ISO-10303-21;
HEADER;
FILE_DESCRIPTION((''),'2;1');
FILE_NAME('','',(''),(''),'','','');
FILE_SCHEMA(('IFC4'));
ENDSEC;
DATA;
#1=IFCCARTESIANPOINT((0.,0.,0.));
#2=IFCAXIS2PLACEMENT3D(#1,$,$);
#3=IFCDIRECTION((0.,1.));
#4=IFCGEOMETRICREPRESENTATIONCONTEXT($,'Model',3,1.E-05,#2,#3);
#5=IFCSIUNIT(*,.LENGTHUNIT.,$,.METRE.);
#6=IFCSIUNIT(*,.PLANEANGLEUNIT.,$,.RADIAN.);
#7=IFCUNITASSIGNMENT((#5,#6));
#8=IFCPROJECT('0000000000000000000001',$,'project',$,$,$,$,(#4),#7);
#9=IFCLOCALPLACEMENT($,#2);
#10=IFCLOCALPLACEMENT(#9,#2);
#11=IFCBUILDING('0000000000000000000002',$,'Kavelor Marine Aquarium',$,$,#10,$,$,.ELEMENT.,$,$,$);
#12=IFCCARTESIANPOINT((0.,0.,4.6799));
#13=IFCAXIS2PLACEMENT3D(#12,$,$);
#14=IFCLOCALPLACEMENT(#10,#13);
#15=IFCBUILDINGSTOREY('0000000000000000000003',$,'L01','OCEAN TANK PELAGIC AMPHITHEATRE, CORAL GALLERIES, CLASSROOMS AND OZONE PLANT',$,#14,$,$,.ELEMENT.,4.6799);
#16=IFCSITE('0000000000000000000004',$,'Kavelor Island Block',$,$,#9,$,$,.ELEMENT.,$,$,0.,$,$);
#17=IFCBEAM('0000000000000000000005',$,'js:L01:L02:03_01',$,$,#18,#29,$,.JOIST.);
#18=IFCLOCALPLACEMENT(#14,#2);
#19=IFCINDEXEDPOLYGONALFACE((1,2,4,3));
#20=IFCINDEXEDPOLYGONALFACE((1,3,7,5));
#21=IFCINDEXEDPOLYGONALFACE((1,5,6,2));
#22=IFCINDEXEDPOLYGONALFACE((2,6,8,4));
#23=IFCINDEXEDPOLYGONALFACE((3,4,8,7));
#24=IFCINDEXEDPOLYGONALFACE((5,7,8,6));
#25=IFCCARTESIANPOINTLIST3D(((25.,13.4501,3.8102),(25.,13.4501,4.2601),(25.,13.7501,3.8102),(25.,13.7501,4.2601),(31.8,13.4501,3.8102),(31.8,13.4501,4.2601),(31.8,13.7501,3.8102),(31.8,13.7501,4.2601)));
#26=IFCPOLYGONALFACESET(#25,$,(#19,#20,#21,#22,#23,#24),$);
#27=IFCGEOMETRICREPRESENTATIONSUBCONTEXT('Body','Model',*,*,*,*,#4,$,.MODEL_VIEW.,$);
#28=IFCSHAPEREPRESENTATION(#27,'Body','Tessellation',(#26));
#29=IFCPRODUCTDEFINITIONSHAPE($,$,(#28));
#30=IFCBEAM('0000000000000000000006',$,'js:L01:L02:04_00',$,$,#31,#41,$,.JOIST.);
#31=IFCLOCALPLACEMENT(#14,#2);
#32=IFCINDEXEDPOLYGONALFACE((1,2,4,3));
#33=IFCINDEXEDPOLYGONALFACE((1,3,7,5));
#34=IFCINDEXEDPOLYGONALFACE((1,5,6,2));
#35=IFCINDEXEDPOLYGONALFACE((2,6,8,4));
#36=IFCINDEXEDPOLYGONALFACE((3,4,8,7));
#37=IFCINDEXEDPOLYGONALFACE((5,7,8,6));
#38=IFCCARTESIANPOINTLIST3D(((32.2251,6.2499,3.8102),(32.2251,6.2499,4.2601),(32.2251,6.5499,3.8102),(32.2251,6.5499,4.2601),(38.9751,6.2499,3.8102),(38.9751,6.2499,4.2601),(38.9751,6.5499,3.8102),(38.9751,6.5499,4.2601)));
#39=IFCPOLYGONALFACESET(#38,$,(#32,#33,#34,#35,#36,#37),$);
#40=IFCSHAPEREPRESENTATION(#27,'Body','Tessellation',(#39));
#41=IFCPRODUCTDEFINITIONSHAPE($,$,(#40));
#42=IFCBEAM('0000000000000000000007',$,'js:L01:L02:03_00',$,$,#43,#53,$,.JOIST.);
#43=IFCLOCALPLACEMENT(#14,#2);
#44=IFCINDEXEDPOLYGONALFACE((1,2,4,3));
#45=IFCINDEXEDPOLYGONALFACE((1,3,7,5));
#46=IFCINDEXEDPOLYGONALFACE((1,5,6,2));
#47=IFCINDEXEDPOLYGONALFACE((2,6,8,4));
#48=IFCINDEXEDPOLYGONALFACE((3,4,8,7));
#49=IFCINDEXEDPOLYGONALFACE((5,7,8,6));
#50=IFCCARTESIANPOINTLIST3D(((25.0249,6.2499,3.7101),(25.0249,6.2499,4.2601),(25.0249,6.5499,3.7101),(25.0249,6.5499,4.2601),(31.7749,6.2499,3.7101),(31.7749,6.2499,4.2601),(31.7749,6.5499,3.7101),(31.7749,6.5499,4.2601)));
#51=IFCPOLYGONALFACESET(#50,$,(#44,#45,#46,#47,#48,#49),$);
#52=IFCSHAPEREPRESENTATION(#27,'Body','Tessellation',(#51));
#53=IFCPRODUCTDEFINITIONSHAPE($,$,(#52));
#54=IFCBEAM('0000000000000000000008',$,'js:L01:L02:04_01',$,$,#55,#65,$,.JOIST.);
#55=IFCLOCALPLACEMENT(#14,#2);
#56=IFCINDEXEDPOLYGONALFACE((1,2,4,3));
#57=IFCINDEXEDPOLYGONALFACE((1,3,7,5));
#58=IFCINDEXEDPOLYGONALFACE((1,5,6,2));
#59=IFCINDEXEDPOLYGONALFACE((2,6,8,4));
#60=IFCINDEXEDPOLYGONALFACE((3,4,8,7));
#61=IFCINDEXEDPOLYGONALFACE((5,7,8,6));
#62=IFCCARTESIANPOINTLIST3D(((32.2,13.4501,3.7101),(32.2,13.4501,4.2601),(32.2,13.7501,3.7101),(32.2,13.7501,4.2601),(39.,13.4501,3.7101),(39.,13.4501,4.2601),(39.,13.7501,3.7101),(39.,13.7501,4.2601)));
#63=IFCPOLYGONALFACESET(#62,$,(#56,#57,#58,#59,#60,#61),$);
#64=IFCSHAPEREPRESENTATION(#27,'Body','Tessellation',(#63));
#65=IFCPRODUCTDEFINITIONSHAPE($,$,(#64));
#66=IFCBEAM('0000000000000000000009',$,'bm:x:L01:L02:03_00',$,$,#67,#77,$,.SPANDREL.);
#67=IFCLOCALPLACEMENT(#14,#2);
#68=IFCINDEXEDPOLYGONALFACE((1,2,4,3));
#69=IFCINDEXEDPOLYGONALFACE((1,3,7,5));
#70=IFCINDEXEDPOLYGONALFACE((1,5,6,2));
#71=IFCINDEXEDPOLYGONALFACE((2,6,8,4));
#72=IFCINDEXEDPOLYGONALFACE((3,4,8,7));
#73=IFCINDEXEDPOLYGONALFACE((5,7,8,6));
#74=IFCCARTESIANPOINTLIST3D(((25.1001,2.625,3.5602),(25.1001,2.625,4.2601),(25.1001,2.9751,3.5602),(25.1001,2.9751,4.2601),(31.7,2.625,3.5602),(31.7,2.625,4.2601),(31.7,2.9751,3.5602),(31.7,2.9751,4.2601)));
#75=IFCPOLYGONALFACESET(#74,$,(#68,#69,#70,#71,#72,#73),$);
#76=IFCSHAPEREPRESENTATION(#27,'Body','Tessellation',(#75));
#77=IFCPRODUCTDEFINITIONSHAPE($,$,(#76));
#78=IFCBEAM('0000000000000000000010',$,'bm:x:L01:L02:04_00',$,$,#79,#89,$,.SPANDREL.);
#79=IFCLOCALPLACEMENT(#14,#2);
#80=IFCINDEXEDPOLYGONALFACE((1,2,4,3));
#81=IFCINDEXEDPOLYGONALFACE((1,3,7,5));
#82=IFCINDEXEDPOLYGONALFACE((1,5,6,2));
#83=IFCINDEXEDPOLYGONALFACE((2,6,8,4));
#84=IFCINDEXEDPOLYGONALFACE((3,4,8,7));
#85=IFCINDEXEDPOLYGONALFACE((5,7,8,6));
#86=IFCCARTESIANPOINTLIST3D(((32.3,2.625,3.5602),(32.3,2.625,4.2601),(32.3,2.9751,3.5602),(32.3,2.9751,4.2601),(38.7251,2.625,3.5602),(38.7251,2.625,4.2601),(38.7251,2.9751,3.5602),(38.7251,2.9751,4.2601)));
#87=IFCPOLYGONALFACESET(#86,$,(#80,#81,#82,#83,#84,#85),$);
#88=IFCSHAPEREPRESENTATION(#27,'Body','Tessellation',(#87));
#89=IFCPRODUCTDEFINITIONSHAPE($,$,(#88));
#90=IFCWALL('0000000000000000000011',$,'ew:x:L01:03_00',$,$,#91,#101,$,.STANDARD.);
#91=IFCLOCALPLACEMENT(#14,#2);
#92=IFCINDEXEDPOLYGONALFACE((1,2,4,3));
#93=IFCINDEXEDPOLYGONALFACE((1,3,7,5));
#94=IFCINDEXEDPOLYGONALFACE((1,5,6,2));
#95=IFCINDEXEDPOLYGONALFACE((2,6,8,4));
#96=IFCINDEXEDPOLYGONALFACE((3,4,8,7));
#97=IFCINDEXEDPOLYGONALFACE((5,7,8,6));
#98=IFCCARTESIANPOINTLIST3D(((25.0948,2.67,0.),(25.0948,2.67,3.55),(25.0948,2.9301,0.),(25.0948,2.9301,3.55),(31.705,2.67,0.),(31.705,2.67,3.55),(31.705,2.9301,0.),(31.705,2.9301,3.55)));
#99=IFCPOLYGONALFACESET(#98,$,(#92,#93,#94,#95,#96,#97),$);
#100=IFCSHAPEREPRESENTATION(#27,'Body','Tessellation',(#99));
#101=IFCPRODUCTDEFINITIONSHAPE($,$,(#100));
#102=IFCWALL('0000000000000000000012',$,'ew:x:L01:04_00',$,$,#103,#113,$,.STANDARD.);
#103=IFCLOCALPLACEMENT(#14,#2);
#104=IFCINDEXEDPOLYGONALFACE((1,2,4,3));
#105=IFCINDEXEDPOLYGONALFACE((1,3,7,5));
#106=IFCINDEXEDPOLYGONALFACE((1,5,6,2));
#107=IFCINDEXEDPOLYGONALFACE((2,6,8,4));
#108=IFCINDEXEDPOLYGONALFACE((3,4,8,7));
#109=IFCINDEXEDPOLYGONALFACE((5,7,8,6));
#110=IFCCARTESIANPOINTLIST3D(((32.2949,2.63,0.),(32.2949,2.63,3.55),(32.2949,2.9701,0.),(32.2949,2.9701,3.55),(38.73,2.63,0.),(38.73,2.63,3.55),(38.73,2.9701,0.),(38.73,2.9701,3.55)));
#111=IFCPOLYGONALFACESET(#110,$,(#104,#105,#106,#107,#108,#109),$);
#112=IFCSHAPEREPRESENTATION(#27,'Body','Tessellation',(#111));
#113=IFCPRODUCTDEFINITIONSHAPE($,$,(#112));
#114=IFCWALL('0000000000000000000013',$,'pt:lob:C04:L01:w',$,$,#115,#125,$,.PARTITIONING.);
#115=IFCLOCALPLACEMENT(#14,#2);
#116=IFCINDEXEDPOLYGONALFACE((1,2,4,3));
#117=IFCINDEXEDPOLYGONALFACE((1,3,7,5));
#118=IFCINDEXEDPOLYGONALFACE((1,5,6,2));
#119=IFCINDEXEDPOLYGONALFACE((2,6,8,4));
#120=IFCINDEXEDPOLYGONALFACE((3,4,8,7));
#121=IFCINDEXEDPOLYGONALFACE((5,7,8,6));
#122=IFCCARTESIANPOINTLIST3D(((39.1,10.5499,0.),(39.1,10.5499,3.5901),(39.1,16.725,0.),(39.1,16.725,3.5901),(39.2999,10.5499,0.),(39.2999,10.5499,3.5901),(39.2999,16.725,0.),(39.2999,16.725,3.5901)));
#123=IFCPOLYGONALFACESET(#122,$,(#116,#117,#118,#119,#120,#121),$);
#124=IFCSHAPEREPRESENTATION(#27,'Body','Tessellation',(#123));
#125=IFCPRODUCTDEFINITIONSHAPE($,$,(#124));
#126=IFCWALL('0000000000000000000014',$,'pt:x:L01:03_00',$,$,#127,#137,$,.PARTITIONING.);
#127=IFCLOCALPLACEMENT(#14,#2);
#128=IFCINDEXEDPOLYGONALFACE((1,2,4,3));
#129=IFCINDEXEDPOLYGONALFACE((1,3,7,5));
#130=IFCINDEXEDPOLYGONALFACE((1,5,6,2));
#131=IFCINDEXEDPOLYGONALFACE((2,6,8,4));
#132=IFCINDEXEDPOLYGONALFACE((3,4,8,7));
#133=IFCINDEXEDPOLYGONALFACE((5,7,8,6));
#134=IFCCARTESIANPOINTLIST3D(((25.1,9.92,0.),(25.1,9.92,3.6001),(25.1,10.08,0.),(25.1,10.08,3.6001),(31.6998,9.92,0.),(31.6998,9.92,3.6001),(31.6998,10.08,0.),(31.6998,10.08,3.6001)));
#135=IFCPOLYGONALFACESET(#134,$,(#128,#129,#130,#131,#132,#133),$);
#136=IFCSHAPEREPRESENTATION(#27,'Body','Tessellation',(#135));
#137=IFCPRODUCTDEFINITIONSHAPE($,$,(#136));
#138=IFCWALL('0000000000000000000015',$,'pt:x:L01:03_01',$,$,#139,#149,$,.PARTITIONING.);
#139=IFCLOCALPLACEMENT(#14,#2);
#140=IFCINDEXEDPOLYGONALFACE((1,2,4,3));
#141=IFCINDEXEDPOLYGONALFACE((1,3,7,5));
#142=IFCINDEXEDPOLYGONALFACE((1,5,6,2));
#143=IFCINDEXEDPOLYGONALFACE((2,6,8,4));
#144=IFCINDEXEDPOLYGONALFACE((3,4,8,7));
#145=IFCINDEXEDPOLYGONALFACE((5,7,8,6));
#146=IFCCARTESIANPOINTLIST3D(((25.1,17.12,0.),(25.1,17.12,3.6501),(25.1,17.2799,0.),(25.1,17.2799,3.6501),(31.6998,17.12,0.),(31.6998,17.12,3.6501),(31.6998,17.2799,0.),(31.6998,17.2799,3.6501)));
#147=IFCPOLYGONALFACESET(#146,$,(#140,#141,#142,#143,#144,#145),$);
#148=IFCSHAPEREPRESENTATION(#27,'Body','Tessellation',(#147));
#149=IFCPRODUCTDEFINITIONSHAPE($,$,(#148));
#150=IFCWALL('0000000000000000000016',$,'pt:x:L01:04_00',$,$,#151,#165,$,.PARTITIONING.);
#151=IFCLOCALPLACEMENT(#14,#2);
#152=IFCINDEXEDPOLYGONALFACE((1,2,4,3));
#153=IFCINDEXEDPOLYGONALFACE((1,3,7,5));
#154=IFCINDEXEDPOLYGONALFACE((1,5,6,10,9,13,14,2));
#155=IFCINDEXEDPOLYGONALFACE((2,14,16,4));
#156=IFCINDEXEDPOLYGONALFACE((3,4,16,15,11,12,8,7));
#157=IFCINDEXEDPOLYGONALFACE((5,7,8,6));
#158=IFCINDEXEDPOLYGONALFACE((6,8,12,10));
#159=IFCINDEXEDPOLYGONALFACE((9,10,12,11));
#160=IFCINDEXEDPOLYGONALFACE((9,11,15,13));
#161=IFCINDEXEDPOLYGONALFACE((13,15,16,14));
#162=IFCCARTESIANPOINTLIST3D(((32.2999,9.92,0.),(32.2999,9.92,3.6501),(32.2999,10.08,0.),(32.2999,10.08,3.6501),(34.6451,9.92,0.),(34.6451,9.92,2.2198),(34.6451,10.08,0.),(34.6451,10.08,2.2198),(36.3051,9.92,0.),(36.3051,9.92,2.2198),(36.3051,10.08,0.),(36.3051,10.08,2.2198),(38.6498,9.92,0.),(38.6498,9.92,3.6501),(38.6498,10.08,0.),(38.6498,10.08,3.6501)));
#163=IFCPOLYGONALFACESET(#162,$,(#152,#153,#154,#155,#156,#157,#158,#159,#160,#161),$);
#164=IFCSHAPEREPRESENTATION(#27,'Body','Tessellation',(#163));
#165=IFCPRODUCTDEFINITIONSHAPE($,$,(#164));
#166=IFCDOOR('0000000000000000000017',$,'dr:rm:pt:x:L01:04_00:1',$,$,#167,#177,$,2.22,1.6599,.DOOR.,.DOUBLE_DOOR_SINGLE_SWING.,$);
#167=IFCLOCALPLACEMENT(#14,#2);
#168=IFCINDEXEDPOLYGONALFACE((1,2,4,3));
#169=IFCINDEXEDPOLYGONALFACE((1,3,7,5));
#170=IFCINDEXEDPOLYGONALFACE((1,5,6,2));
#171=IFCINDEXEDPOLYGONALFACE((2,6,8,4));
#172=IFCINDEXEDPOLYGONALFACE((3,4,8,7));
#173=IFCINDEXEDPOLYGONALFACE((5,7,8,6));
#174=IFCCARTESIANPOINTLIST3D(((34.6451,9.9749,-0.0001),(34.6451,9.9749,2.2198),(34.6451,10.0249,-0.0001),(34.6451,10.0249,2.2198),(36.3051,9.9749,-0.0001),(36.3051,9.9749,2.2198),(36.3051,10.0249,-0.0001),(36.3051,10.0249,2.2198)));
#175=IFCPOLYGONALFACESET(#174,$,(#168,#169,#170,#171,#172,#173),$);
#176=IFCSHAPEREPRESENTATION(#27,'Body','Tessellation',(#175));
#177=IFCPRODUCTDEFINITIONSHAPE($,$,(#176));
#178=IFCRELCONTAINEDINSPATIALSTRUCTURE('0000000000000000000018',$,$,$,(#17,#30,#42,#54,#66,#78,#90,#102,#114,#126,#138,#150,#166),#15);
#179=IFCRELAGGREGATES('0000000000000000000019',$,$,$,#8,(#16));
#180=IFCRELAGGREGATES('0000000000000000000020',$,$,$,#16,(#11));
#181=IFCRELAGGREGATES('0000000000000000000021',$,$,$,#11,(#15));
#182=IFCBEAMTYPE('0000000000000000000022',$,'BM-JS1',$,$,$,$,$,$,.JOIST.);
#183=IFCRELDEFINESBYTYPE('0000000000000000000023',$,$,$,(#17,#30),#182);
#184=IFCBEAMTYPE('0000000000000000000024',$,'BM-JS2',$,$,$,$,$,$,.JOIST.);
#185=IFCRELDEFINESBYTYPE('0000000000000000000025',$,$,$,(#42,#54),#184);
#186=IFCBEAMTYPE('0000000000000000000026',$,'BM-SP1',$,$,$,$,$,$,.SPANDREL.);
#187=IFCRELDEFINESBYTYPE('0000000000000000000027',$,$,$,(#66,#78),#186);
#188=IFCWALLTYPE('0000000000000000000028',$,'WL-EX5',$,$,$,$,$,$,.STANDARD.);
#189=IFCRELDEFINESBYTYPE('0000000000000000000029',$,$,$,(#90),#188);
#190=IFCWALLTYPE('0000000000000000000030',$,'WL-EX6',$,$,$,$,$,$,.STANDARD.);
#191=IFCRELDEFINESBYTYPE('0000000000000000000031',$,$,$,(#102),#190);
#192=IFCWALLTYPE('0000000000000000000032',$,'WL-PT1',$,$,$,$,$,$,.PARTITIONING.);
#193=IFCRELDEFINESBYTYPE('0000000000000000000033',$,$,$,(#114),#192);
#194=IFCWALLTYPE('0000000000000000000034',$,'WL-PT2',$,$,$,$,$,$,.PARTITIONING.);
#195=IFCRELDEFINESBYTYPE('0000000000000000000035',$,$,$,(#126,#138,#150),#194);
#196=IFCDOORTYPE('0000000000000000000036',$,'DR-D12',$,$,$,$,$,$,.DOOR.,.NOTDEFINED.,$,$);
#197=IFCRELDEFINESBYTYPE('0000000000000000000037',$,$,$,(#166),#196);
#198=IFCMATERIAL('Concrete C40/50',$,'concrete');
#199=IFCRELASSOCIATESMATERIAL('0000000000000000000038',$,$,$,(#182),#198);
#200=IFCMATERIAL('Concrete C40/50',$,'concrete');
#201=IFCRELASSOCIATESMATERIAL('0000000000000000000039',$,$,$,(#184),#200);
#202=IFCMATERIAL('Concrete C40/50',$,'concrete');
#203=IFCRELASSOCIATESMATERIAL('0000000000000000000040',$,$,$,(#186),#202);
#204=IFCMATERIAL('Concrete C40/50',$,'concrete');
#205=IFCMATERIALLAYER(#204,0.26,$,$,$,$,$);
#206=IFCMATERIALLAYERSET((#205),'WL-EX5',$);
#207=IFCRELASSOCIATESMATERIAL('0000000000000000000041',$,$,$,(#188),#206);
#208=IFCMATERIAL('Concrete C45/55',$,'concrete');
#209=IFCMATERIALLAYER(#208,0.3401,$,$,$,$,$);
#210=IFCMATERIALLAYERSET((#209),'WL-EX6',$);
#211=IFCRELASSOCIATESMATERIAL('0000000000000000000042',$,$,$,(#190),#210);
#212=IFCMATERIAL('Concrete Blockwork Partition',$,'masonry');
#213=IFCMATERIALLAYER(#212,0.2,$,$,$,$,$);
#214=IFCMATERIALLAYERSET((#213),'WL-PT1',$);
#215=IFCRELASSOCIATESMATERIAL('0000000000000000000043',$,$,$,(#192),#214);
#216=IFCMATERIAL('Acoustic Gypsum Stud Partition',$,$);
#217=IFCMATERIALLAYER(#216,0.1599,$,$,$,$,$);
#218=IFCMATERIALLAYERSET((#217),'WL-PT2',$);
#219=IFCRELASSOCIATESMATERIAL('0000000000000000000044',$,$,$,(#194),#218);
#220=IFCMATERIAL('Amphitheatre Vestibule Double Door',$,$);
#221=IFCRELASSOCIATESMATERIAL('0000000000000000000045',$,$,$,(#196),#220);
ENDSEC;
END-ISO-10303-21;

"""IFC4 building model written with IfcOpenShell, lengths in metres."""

from ifc_helpers import new_model, si_unit, direction, frame, frame_2d, origin, origin_2d, place, context, subcontext, project, spatial, rectangle, extrude, material, layer, layer_set, material_profile, profile_set, type_object, element, fill, save


model = new_model("IFC4")

# Units and contexts
model_context = context("Model", 3, precision=1e-05, world=origin(), true_north=direction((0.0, 1.0)))
body_context = subcontext(model_context, "Body", "Model", "MODEL_VIEW")
ifc_project = project(units=[si_unit("LENGTHUNIT", "METRE"), si_unit("PLANEANGLEUNIT", "RADIAN")], contexts=[model_context])

# Site, building, storey
site_placement = place(None, origin())
site = spatial("IfcSite", under=ifc_project, at=site_placement, Name="Kavelor Island Block", CompositionType="ELEMENT", RefElevation=0.0)
building_placement = place(site_placement, origin())
building = spatial("IfcBuilding", under=site, at=building_placement, Name="Kavelor Marine Aquarium", CompositionType="ELEMENT")
storey_placement = place(building_placement, frame((0.0, 0.0, 4.6799)))
storey = spatial("IfcBuildingStorey", under=building, at=storey_placement, Name="L01", Description="OCEAN TANK PELAGIC AMPHITHEATRE, CORAL GALLERIES, CLASSROOMS AND OZONE PLANT", CompositionType="ELEMENT", Elevation=4.6799)

# Beams
ifc_material_1 = material(Name="Concrete C40/50", Category="concrete")
ifc_material_profile_1 = material_profile(ifc_material_1, rectangle(XDim=0.3, YDim=0.45, at=origin_2d()), Name="RC-JS 300x450")
ifc_profile_set_1 = profile_set([ifc_material_profile_1], Name="Concrete C40/50")
beam_type_1 = type_object("IfcBeamType", Name="BM-JS1", PredefinedType="JOIST", material=ifc_profile_set_1)
beam_1_placement = place(storey_placement, frame((25.0, 13.6001, 4.0352), z_axis=(1.0, 0.0, 0.0), x_axis=(0.0, 1.0, 0.0)))
element("IfcBeam", 1, at=beam_1_placement, inside=storey, type_object=beam_type_1, Name="js:L01:L02:03_01", PredefinedType="JOIST", context=body_context, shape_type="SweptSolid", body=[
    extrude(rectangle(XDim=0.3, YDim=0.45, at=origin_2d()), origin(), (0.0, 0.0, 1.0), 6.8),
])
beam_2_placement = place(storey_placement, frame((32.2251, 6.3999, 4.0352), z_axis=(1.0, 0.0, 0.0), x_axis=(0.0, 1.0, 0.0)))
element("IfcBeam", 2, at=beam_2_placement, inside=storey, type_object=beam_type_1, Name="js:L01:L02:04_00", PredefinedType="JOIST", context=body_context, shape_type="SweptSolid", body=[
    extrude(rectangle(XDim=0.3, YDim=0.45, at=origin_2d()), origin(), (0.0, 0.0, 1.0), 6.75),
])
ifc_material_2 = material(Name="Concrete C40/50", Category="concrete")
ifc_material_profile_2 = material_profile(ifc_material_2, rectangle(XDim=0.3, YDim=0.55, at=origin_2d()), Name="RC-JS 300x550")
ifc_profile_set_2 = profile_set([ifc_material_profile_2], Name="Concrete C40/50")
beam_type_2 = type_object("IfcBeamType", Name="BM-JS2", PredefinedType="JOIST", material=ifc_profile_set_2)
beam_3_placement = place(storey_placement, frame((25.0249, 6.3999, 3.9851), z_axis=(1.0, 0.0, 0.0), x_axis=(0.0, 1.0, 0.0)))
element("IfcBeam", 3, at=beam_3_placement, inside=storey, type_object=beam_type_2, Name="js:L01:L02:03_00", PredefinedType="JOIST", context=body_context, shape_type="SweptSolid", body=[
    extrude(rectangle(XDim=0.3, YDim=0.55, at=origin_2d()), origin(), (0.0, 0.0, 1.0), 6.75),
])
beam_4_placement = place(storey_placement, frame((32.2, 13.6001, 3.9851), z_axis=(1.0, 0.0, 0.0), x_axis=(0.0, 1.0, 0.0)))
element("IfcBeam", 4, at=beam_4_placement, inside=storey, type_object=beam_type_2, Name="js:L01:L02:04_01", PredefinedType="JOIST", context=body_context, shape_type="SweptSolid", body=[
    extrude(rectangle(XDim=0.3, YDim=0.55, at=origin_2d()), origin(), (0.0, 0.0, 1.0), 6.8),
])
ifc_material_3 = material(Name="Concrete C40/50", Category="concrete")
ifc_material_profile_3 = material_profile(ifc_material_3, rectangle(XDim=0.3501, YDim=0.7, at=origin_2d()), Name="RC-SP 350x700")
ifc_profile_set_3 = profile_set([ifc_material_profile_3], Name="Concrete C40/50")
beam_type_3 = type_object("IfcBeamType", Name="BM-SP1", PredefinedType="SPANDREL", material=ifc_profile_set_3)
beam_5_placement = place(storey_placement, frame((25.1001, 2.8, 3.9102), z_axis=(1.0, 0.0, 0.0), x_axis=(0.0, 1.0, 0.0)))
element("IfcBeam", 5, at=beam_5_placement, inside=storey, type_object=beam_type_3, Name="bm:x:L01:L02:03_00", PredefinedType="SPANDREL", context=body_context, shape_type="SweptSolid", body=[
    extrude(rectangle(XDim=0.3501, YDim=0.7, at=origin_2d()), origin(), (0.0, 0.0, 1.0), 6.5999),
])
beam_6_placement = place(storey_placement, frame((32.3, 2.8, 3.9102), z_axis=(1.0, 0.0, 0.0), x_axis=(0.0, 1.0, 0.0)))
element("IfcBeam", 6, at=beam_6_placement, inside=storey, type_object=beam_type_3, Name="bm:x:L01:L02:04_00", PredefinedType="SPANDREL", context=body_context, shape_type="SweptSolid", body=[
    extrude(rectangle(XDim=0.3501, YDim=0.7, at=origin_2d()), origin(), (0.0, 0.0, 1.0), 6.425),
])

# Walls
ifc_material_4 = material(Name="Concrete C40/50", Category="concrete")
ifc_layer_1 = layer(ifc_material_4, 0.26)
ifc_layer_set_1 = layer_set([ifc_layer_1], Name="WL-EX5")
wall_type_1 = type_object("IfcWallType", Name="WL-EX5", PredefinedType="STANDARD", material=ifc_layer_set_1)
wall_1_placement = place(storey_placement, frame((31.7051, 2.8, 0.0), z_axis=(0.0, 0.0, 1.0), x_axis=(-1.0, 0.0, 0.0)))
element("IfcWall", 7, at=wall_1_placement, inside=storey, type_object=wall_type_1, Name="ew:x:L01:03_00", PredefinedType="STANDARD", context=body_context, shape_type="SweptSolid", body=[
    extrude(rectangle(XDim=6.6101, YDim=0.26, at=frame_2d((3.3052, 0.0))), origin(), (0.0, 0.0, 1.0), 3.55),
])
ifc_material_5 = material(Name="Concrete C45/55", Category="concrete")
ifc_layer_2 = layer(ifc_material_5, 0.3401)
ifc_layer_set_2 = layer_set([ifc_layer_2], Name="WL-EX6")
wall_type_2 = type_object("IfcWallType", Name="WL-EX6", PredefinedType="STANDARD", material=ifc_layer_set_2)
wall_2_placement = place(storey_placement, frame((38.73, 2.8, 0.0), z_axis=(0.0, 0.0, 1.0), x_axis=(-1.0, 0.0, 0.0)))
element("IfcWall", 8, at=wall_2_placement, inside=storey, type_object=wall_type_2, Name="ew:x:L01:04_00", PredefinedType="STANDARD", context=body_context, shape_type="SweptSolid", body=[
    extrude(rectangle(XDim=6.4351, YDim=0.3401, at=frame_2d((3.2175, 0.0))), origin(), (0.0, 0.0, 1.0), 3.55),
])
ifc_material_6 = material(Name="Concrete Blockwork Partition", Category="masonry")
ifc_layer_3 = layer(ifc_material_6, 0.2)
ifc_layer_set_3 = layer_set([ifc_layer_3], Name="WL-PT1")
wall_type_3 = type_object("IfcWallType", Name="WL-PT1", PredefinedType="PARTITIONING", material=ifc_layer_set_3)
wall_3_placement = place(storey_placement, frame((39.2, 10.55, 0.0), z_axis=(0.0, 0.0, 1.0), x_axis=(0.0, 1.0, 0.0)))
element("IfcWall", 9, at=wall_3_placement, inside=storey, type_object=wall_type_3, Name="pt:lob:C04:L01:w", PredefinedType="PARTITIONING", context=body_context, shape_type="SweptSolid", body=[
    extrude(rectangle(XDim=6.175, YDim=0.2, at=frame_2d((3.0874, 0.0))), origin(), (0.0, 0.0, 1.0), 3.5901),
])
ifc_material_7 = material(Name="Acoustic Gypsum Stud Partition")
ifc_layer_4 = layer(ifc_material_7, 0.1599)
ifc_layer_set_4 = layer_set([ifc_layer_4], Name="WL-PT2")
wall_type_4 = type_object("IfcWallType", Name="WL-PT2", PredefinedType="PARTITIONING", material=ifc_layer_set_4)
wall_4_placement = place(storey_placement, frame((25.1001, 10.0, 0.0), z_axis=(0.0, 0.0, 1.0), x_axis=(1.0, 0.0, 0.0)))
element("IfcWall", 10, at=wall_4_placement, inside=storey, type_object=wall_type_4, Name="pt:x:L01:03_00", PredefinedType="PARTITIONING", context=body_context, shape_type="SweptSolid", body=[
    extrude(rectangle(XDim=6.5999, YDim=0.1599, at=frame_2d((3.2998, 0.0))), origin(), (0.0, 0.0, 1.0), 3.6001),
])
wall_5_placement = place(storey_placement, frame((25.1001, 17.2, 0.0), z_axis=(0.0, 0.0, 1.0), x_axis=(1.0, 0.0, 0.0)))
element("IfcWall", 11, at=wall_5_placement, inside=storey, type_object=wall_type_4, Name="pt:x:L01:03_01", PredefinedType="PARTITIONING", context=body_context, shape_type="SweptSolid", body=[
    extrude(rectangle(XDim=6.5999, YDim=0.1599, at=frame_2d((3.2998, 0.0))), origin(), (0.0, 0.0, 1.0), 3.6501),
])

# Wall, opening, door
wall_6_placement = place(storey_placement, frame((32.3, 10.0, 0.0), z_axis=(0.0, 0.0, 1.0), x_axis=(1.0, 0.0, 0.0)))
wall_6 = element("IfcWall", 12, at=wall_6_placement, inside=storey, type_object=wall_type_4, Name="pt:x:L01:04_00", PredefinedType="PARTITIONING", context=body_context, shape_type="SweptSolid", body=[
    extrude(rectangle(XDim=6.3499, YDim=0.1599, at=frame_2d((3.1748, 0.0))), origin(), (0.0, 0.0, 1.0), 3.6501),
])
opening_1_placement = place(wall_6_placement, frame((2.345, 0.0, 0.0)))
opening_1 = element("IfcOpeningElement", 13, at=opening_1_placement, cuts=wall_6, PredefinedType="OPENING", context=body_context, shape_type="SweptSolid", body=[
    extrude(rectangle(XDim=1.6599, YDim=2.22, at=frame_2d((0.8301, 1.1099))), frame((0.0, 0.0898, 0.0), z_axis=(0.0, -1.0, 0.0), x_axis=(1.0, 0.0, 0.0)), (0.0, 0.0, 1.0), 0.1799),
])
ifc_material_8 = material(Name="Amphitheatre Vestibule Double Door")
door_type_1 = type_object("IfcDoorType", Name="DR-D12", OperationType="NOTDEFINED", PredefinedType="DOOR", material=ifc_material_8)
door_1_placement = place(opening_1_placement, origin())
door_1 = element("IfcDoor", 14, at=door_1_placement, inside=storey, type_object=door_type_1, Name="dr:rm:pt:x:L01:04_00:1", OperationType="DOUBLE_DOOR_SINGLE_SWING", OverallHeight=2.22, OverallWidth=1.6599, PredefinedType="DOOR", context=body_context, shape_type="SweptSolid", body=[
    extrude(rectangle(XDim=1.6599, YDim=2.22, at=frame_2d((0.8301, 1.1099))), frame((0.0, 0.0249, 0.0), z_axis=(0.0, -1.0, 0.0), x_axis=(1.0, 0.0, 0.0)), (0.0, 0.0, 1.0), 0.05),
])
fill(opening_1, door_1)

save(model, "model.ifc")
